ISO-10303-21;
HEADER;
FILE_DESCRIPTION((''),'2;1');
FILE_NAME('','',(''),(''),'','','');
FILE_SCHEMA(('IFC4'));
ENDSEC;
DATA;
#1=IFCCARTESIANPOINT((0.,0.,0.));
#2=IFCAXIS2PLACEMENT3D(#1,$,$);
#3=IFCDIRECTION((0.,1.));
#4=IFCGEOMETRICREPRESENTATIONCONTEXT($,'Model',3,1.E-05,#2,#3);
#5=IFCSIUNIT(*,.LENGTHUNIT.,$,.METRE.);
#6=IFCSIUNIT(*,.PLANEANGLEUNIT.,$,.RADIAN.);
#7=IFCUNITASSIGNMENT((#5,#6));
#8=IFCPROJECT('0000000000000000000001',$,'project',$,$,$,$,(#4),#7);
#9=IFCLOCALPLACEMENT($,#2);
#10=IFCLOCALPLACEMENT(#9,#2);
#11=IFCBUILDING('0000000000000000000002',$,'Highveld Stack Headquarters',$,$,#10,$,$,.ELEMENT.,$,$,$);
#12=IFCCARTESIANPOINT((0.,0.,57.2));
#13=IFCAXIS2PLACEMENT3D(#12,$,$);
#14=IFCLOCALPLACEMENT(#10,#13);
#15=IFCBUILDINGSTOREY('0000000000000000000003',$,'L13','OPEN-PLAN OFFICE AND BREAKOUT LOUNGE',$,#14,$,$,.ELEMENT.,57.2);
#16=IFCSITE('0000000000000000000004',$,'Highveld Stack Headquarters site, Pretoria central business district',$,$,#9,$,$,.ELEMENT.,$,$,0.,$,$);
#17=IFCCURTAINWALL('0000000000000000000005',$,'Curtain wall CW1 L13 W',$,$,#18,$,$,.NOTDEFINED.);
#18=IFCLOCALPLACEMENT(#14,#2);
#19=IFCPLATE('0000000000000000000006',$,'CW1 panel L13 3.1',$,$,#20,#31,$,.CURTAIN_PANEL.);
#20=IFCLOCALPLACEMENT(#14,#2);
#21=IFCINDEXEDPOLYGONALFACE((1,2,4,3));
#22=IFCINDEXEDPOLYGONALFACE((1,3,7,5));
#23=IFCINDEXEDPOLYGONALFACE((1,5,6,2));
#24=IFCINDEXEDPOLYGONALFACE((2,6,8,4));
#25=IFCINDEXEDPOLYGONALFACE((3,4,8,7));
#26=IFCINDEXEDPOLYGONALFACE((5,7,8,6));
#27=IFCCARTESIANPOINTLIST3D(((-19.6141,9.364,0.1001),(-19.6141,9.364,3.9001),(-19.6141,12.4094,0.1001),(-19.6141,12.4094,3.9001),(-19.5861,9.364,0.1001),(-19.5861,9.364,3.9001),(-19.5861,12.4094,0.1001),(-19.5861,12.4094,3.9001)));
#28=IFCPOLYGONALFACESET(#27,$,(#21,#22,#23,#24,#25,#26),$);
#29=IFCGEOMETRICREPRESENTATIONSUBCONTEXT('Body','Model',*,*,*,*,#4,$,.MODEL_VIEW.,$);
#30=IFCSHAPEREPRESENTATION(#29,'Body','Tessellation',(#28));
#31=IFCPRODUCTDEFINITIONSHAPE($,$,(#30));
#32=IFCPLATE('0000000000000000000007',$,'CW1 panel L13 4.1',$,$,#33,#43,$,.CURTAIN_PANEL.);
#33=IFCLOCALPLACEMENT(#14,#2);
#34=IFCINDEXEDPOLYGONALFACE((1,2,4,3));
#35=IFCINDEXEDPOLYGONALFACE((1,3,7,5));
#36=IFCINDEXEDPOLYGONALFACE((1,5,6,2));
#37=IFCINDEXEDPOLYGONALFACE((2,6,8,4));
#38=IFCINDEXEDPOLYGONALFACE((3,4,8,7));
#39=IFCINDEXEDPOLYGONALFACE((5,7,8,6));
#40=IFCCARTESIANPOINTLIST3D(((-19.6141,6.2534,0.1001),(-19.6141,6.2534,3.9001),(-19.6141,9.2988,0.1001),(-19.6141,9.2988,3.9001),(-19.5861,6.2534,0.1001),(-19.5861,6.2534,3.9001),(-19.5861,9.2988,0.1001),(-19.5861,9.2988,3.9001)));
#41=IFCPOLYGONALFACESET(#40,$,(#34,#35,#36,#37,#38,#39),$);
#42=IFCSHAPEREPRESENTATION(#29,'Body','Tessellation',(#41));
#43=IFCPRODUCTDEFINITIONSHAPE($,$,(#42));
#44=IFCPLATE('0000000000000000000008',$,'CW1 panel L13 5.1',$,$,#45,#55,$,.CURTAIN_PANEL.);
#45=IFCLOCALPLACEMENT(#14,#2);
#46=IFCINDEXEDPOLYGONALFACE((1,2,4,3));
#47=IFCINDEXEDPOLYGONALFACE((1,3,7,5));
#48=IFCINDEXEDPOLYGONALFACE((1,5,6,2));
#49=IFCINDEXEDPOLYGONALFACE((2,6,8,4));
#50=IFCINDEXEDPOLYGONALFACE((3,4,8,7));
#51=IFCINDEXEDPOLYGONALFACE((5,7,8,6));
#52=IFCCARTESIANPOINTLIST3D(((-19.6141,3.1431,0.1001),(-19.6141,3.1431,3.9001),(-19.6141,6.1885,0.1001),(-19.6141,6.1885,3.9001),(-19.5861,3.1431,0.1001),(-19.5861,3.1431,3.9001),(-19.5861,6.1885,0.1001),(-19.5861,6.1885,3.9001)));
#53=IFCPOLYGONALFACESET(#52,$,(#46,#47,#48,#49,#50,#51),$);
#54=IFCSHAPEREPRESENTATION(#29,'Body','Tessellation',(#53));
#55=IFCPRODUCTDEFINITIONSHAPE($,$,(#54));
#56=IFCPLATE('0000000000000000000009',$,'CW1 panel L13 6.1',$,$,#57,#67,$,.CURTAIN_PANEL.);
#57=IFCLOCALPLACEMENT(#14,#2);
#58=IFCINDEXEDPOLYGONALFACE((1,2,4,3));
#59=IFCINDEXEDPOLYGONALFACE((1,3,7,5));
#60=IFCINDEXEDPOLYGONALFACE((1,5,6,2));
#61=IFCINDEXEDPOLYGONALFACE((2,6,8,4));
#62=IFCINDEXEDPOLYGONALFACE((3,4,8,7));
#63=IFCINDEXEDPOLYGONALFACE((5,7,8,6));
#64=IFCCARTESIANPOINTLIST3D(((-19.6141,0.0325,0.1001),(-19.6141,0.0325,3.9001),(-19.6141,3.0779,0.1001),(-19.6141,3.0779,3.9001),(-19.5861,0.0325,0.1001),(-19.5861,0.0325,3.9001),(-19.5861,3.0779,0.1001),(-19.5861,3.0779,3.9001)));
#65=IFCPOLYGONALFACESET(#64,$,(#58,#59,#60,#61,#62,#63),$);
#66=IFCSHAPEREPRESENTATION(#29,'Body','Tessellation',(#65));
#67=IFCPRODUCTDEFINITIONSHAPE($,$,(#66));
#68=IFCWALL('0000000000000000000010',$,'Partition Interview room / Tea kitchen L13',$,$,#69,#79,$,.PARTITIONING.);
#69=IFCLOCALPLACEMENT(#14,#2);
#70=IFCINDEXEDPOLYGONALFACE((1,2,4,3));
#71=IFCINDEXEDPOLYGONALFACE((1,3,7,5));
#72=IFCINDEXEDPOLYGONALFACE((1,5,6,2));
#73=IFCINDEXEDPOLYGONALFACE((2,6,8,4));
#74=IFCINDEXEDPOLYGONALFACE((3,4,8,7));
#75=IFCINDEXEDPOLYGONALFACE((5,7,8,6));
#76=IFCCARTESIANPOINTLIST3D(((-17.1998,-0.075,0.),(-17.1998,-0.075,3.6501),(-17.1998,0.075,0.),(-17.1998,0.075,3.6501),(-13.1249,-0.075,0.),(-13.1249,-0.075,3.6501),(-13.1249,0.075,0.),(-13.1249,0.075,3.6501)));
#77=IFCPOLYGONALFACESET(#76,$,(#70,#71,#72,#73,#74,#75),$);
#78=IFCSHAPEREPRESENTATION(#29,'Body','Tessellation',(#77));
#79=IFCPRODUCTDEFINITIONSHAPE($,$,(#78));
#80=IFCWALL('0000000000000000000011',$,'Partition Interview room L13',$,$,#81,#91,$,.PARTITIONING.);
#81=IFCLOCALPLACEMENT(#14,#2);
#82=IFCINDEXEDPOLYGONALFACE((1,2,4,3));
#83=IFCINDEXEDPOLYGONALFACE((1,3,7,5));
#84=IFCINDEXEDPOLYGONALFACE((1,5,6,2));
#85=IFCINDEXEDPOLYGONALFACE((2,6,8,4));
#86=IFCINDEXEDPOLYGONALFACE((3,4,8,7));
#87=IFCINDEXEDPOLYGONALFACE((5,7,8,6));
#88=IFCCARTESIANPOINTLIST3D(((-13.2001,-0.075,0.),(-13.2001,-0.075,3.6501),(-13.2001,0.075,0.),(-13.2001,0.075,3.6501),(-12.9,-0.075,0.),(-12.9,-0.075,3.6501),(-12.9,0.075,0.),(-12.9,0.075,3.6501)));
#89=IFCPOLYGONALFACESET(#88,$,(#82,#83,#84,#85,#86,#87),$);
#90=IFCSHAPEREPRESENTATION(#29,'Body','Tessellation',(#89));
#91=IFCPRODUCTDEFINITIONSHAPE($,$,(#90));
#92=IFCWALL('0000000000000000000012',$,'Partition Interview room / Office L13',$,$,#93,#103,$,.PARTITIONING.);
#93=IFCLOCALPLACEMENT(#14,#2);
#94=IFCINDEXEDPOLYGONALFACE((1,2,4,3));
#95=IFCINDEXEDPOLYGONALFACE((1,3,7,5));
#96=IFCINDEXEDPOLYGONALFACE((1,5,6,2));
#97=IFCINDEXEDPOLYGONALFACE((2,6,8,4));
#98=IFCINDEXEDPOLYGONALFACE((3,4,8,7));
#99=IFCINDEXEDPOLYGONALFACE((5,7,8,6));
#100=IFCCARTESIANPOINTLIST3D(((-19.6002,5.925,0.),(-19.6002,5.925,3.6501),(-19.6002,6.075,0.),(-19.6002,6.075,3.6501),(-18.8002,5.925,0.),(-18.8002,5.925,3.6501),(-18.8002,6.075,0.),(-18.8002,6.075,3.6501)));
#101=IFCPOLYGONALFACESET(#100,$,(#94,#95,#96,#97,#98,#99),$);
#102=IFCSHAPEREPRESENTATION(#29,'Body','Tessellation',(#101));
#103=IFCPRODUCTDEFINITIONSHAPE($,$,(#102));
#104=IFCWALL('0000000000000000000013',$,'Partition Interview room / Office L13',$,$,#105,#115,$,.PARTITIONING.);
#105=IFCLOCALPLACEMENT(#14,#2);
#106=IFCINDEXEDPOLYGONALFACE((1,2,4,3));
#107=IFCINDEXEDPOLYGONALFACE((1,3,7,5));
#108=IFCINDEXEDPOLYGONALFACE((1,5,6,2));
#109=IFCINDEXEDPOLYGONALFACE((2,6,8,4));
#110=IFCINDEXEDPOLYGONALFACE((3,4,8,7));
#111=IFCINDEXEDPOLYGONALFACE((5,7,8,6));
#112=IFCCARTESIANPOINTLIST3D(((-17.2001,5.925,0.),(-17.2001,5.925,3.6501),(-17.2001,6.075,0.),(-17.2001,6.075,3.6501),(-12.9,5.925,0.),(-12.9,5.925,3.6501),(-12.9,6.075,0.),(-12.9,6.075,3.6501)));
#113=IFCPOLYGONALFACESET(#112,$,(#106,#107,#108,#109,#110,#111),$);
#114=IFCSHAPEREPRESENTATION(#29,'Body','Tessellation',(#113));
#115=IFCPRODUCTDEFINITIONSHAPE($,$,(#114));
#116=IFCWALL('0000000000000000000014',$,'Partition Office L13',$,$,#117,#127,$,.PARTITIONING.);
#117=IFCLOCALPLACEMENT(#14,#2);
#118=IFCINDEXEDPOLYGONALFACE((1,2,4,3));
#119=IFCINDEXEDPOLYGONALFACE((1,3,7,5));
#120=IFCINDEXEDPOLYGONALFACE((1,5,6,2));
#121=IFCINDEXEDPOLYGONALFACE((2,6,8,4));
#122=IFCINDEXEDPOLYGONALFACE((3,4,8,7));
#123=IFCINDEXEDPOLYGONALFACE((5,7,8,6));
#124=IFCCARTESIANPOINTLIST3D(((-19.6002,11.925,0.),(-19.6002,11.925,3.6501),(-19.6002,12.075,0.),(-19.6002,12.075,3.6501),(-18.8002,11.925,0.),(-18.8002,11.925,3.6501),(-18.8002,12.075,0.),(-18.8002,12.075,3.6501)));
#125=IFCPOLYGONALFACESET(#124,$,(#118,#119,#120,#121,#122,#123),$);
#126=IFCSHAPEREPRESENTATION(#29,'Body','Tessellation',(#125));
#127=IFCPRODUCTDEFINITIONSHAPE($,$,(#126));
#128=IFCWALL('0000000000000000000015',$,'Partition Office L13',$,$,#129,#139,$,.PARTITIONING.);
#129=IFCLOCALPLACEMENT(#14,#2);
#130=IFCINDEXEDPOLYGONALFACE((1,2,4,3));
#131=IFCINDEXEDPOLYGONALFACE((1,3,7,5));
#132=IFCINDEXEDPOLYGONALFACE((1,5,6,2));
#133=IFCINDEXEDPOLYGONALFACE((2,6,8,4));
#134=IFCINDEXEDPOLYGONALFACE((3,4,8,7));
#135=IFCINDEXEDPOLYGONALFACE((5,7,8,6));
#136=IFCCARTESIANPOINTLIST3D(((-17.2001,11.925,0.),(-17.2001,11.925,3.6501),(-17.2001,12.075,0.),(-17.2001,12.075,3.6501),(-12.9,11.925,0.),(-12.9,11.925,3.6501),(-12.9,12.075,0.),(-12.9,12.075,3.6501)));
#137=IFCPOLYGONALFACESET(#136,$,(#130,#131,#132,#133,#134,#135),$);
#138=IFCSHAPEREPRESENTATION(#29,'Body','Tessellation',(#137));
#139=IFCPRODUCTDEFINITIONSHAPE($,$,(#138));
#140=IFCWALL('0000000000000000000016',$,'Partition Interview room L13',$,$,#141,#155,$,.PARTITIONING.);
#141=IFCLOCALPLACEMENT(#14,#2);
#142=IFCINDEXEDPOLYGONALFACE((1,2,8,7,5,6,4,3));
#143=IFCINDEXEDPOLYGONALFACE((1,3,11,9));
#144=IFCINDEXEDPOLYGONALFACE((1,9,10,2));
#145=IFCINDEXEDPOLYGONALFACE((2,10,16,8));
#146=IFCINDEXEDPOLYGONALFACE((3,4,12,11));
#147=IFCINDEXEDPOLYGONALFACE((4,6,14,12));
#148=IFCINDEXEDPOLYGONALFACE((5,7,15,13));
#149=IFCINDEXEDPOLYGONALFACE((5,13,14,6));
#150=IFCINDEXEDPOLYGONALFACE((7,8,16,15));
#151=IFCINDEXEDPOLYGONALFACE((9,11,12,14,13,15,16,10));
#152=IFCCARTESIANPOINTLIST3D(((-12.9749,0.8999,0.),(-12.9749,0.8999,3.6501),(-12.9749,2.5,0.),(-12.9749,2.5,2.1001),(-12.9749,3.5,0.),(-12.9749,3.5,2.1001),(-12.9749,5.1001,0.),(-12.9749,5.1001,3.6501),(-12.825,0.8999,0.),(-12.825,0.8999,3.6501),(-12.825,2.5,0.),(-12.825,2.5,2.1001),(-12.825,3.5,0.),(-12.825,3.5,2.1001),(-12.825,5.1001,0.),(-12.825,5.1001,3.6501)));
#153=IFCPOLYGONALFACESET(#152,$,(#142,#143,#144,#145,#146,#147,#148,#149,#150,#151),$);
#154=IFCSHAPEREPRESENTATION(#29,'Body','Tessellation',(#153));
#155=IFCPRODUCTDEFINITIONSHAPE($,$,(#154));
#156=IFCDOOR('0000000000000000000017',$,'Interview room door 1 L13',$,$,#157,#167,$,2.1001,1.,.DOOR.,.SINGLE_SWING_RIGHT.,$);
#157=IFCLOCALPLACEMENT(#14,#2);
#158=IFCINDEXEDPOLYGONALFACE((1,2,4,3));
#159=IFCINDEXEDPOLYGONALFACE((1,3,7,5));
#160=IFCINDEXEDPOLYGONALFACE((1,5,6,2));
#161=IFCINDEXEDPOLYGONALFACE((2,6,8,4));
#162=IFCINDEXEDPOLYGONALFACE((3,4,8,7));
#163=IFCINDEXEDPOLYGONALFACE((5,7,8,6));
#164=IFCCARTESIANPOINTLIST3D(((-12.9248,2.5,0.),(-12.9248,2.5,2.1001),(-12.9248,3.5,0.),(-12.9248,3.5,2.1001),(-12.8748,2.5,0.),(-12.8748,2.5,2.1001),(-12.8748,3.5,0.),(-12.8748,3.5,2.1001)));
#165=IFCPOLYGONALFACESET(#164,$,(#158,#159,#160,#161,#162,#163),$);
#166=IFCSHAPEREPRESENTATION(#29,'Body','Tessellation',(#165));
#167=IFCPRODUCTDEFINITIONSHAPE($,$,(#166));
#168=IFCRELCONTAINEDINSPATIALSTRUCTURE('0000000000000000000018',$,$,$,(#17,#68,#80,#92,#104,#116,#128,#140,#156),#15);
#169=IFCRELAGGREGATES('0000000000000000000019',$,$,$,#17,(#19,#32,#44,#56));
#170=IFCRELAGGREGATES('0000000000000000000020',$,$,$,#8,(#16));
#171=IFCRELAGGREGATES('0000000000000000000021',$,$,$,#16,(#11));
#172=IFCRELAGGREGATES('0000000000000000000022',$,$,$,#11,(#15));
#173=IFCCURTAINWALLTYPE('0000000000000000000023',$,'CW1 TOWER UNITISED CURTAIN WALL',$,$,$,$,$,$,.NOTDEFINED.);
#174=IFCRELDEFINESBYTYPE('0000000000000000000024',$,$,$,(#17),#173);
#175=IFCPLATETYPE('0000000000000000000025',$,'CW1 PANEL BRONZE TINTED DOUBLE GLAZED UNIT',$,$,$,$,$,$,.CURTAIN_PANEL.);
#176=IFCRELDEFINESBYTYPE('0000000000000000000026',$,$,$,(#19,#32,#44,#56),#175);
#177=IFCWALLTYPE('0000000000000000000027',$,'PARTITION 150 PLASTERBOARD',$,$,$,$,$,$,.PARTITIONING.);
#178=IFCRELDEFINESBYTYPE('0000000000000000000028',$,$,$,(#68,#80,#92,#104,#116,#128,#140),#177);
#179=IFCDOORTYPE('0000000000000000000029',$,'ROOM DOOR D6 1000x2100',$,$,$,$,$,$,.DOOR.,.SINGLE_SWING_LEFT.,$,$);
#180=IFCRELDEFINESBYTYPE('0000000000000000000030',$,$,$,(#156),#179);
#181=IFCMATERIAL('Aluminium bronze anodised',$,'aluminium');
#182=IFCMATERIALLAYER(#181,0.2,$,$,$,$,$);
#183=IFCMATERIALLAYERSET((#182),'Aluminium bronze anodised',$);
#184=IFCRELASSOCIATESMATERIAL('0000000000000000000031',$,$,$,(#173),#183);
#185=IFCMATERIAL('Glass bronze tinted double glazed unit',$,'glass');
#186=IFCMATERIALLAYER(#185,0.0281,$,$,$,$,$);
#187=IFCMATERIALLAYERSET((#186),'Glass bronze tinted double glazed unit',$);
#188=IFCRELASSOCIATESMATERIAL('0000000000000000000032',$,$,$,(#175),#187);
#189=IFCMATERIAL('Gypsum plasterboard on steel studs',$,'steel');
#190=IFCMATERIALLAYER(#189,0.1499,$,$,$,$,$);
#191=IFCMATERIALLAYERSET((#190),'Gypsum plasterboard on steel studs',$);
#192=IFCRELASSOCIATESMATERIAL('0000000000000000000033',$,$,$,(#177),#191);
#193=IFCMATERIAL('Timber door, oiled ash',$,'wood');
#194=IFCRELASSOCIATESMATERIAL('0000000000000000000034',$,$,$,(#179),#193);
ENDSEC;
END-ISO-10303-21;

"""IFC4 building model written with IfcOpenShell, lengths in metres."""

from ifc_helpers import new_model, si_unit, direction, frame, frame_2d, origin, origin_2d, place, context, subcontext, project, spatial, rectangle, extrude, material, layer, layer_set, type_object, element, fill, aggregate, save


model = new_model("IFC4")

# Units and contexts
model_context = context("Model", 3, precision=1e-05, world=origin(), true_north=direction((0.0, 1.0)))
body_context = subcontext(model_context, "Body", "Model", "MODEL_VIEW")
ifc_project = project(units=[si_unit("LENGTHUNIT", "METRE"), si_unit("PLANEANGLEUNIT", "RADIAN")], contexts=[model_context])

# Site, building, storey
site_placement = place(None, origin())
site = spatial("IfcSite", under=ifc_project, at=site_placement, Name="Highveld Stack Headquarters site, Pretoria central business district", CompositionType="ELEMENT", RefElevation=0.0)
building_placement = place(site_placement, origin())
building = spatial("IfcBuilding", under=site, at=building_placement, Name="Highveld Stack Headquarters", CompositionType="ELEMENT")
storey_placement = place(building_placement, frame((0.0, 0.0, 57.2)))
storey = spatial("IfcBuildingStorey", under=building, at=storey_placement, Name="L13", Description="OPEN-PLAN OFFICE AND BREAKOUT LOUNGE", CompositionType="ELEMENT", Elevation=57.2)

# Curtain wall, plates
ifc_material_1 = material(Name="Aluminium bronze anodised", Category="aluminium")
ifc_layer_1 = layer(ifc_material_1, 0.2)
ifc_layer_set_1 = layer_set([ifc_layer_1], Name="Aluminium bronze anodised")
curtain_wall_type = type_object("IfcCurtainWallType", Name="CW1 TOWER UNITISED CURTAIN WALL", PredefinedType="NOTDEFINED", material=ifc_layer_set_1)
curtain_wall_placement = place(storey_placement, origin())
curtain_wall = element("IfcCurtainWall", 1, at=curtain_wall_placement, inside=storey, type_object=curtain_wall_type, Name="Curtain wall CW1 L13 W", PredefinedType="NOTDEFINED")
ifc_material_2 = material(Name="Glass bronze tinted double glazed unit", Category="glass")
ifc_layer_2 = layer(ifc_material_2, 0.0281)
ifc_layer_set_2 = layer_set([ifc_layer_2], Name="Glass bronze tinted double glazed unit")
plate_type = type_object("IfcPlateType", Name="CW1 PANEL BRONZE TINTED DOUBLE GLAZED UNIT", PredefinedType="CURTAIN_PANEL", material=ifc_layer_set_2)
plate_1_placement = place(storey_placement, frame((-19.6001, 10.8867, 0.1001), z_axis=(0.0, 0.0, 1.0), x_axis=(0.0, -1.0, 0.0)))
plate_1 = element("IfcPlate", 2, at=plate_1_placement, type_object=plate_type, Name="CW1 panel L13 3.1", PredefinedType="CURTAIN_PANEL", context=body_context, shape_type="SweptSolid", body=[
    extrude(rectangle(XDim=3.0454, YDim=0.0281, at=origin_2d()), origin(), (0.0, 0.0, 1.0), 3.8),
])
plate_2_placement = place(storey_placement, frame((-19.6001, 7.7761, 0.1001), z_axis=(0.0, 0.0, 1.0), x_axis=(0.0, -1.0, 0.0)))
plate_2 = element("IfcPlate", 3, at=plate_2_placement, type_object=plate_type, Name="CW1 panel L13 4.1", PredefinedType="CURTAIN_PANEL", context=body_context, shape_type="SweptSolid", body=[
    extrude(rectangle(XDim=3.0454, YDim=0.0281, at=origin_2d()), origin(), (0.0, 0.0, 1.0), 3.8),
])
plate_3_placement = place(storey_placement, frame((-19.6001, 4.6658, 0.1001), z_axis=(0.0, 0.0, 1.0), x_axis=(0.0, -1.0, 0.0)))
plate_3 = element("IfcPlate", 4, at=plate_3_placement, type_object=plate_type, Name="CW1 panel L13 5.1", PredefinedType="CURTAIN_PANEL", context=body_context, shape_type="SweptSolid", body=[
    extrude(rectangle(XDim=3.0454, YDim=0.0281, at=origin_2d()), origin(), (0.0, 0.0, 1.0), 3.8),
])
plate_4_placement = place(storey_placement, frame((-19.6001, 1.5552, 0.1001), z_axis=(0.0, 0.0, 1.0), x_axis=(0.0, -1.0, 0.0)))
plate_4 = element("IfcPlate", 5, at=plate_4_placement, type_object=plate_type, Name="CW1 panel L13 6.1", PredefinedType="CURTAIN_PANEL", context=body_context, shape_type="SweptSolid", body=[
    extrude(rectangle(XDim=3.0454, YDim=0.0281, at=origin_2d()), origin(), (0.0, 0.0, 1.0), 3.8),
])
aggregate(curtain_wall, [plate_1, plate_2, plate_3, plate_4])

# Walls
ifc_material_3 = material(Name="Gypsum plasterboard on steel studs", Category="steel")
ifc_layer_3 = layer(ifc_material_3, 0.1499)
ifc_layer_set_3 = layer_set([ifc_layer_3], Name="Gypsum plasterboard on steel studs")
wall_type = type_object("IfcWallType", Name="PARTITION 150 PLASTERBOARD", PredefinedType="PARTITIONING", material=ifc_layer_set_3)
wall_1_placement = place(storey_placement, frame((-17.2, 0.0, 0.0), z_axis=(0.0, 0.0, 1.0), x_axis=(1.0, 0.0, 0.0)))
element("IfcWall", 6, at=wall_1_placement, inside=storey, type_object=wall_type, Name="Partition Interview room / Tea kitchen L13", PredefinedType="PARTITIONING", context=body_context, shape_type="SweptSolid", body=[
    extrude(rectangle(XDim=4.075, YDim=0.1499, at=frame_2d((2.0376, 0.0))), origin(), (0.0, 0.0, 1.0), 3.6501),
])
wall_2_placement = place(storey_placement, frame((-13.2, 0.0, 0.0), z_axis=(0.0, 0.0, 1.0), x_axis=(1.0, 0.0, 0.0)))
element("IfcWall", 7, at=wall_2_placement, inside=storey, type_object=wall_type, Name="Partition Interview room L13", PredefinedType="PARTITIONING", context=body_context, shape_type="SweptSolid", body=[
    extrude(rectangle(XDim=0.3, YDim=0.1499, at=frame_2d((0.1499, 0.0))), origin(), (0.0, 0.0, 1.0), 3.6501),
])
wall_3_placement = place(storey_placement, frame((-19.6001, 6.0, 0.0), z_axis=(0.0, 0.0, 1.0), x_axis=(1.0, 0.0, 0.0)))
element("IfcWall", 8, at=wall_3_placement, inside=storey, type_object=wall_type, Name="Partition Interview room / Office L13", PredefinedType="PARTITIONING", context=body_context, shape_type="SweptSolid", body=[
    extrude(rectangle(XDim=0.8, YDim=0.1499, at=frame_2d((0.3999, 0.0))), origin(), (0.0, 0.0, 1.0), 3.6501),
])
wall_4_placement = place(storey_placement, frame((-17.2, 6.0, 0.0), z_axis=(0.0, 0.0, 1.0), x_axis=(1.0, 0.0, 0.0)))
element("IfcWall", 9, at=wall_4_placement, inside=storey, type_object=wall_type, Name="Partition Interview room / Office L13", PredefinedType="PARTITIONING", context=body_context, shape_type="SweptSolid", body=[
    extrude(rectangle(XDim=4.3, YDim=0.1499, at=frame_2d((2.1499, 0.0))), origin(), (0.0, 0.0, 1.0), 3.6501),
])
wall_5_placement = place(storey_placement, frame((-19.6001, 12.0, 0.0), z_axis=(0.0, 0.0, 1.0), x_axis=(1.0, 0.0, 0.0)))
element("IfcWall", 10, at=wall_5_placement, inside=storey, type_object=wall_type, Name="Partition Office L13", PredefinedType="PARTITIONING", context=body_context, shape_type="SweptSolid", body=[
    extrude(rectangle(XDim=0.8, YDim=0.1499, at=frame_2d((0.3999, 0.0))), origin(), (0.0, 0.0, 1.0), 3.6501),
])
wall_6_placement = place(storey_placement, frame((-17.2, 12.0, 0.0), z_axis=(0.0, 0.0, 1.0), x_axis=(1.0, 0.0, 0.0)))
element("IfcWall", 11, at=wall_6_placement, inside=storey, type_object=wall_type, Name="Partition Office L13", PredefinedType="PARTITIONING", context=body_context, shape_type="SweptSolid", body=[
    extrude(rectangle(XDim=4.3, YDim=0.1499, at=frame_2d((2.1499, 0.0))), origin(), (0.0, 0.0, 1.0), 3.6501),
])

# Wall, opening, door
wall_7_placement = place(storey_placement, frame((-12.8999, 0.8999, 0.0), z_axis=(0.0, 0.0, 1.0), x_axis=(0.0, 1.0, 0.0)))
wall_7 = element("IfcWall", 12, at=wall_7_placement, inside=storey, type_object=wall_type, Name="Partition Interview room L13", PredefinedType="PARTITIONING", context=body_context, shape_type="SweptSolid", body=[
    extrude(rectangle(XDim=4.2002, YDim=0.1499, at=frame_2d((2.1001, 0.0))), origin(), (0.0, 0.0, 1.0), 3.6501),
])
opening_1_placement = place(wall_7_placement, frame((1.6001, 0.0, 0.0)))
opening_1 = element("IfcOpeningElement", 13, at=opening_1_placement, cuts=wall_7, PredefinedType="OPENING", context=body_context, shape_type="SweptSolid", body=[
    extrude(rectangle(XDim=1.0, YDim=2.1001, at=frame_2d((0.5, 1.05))), frame((0.0, 0.085, 0.0), z_axis=(0.0, -1.0, 0.0), x_axis=(1.0, 0.0, 0.0)), (0.0, 0.0, 1.0), 0.1699),
])
ifc_material_4 = material(Name="Timber door, oiled ash", Category="wood")
door_type = type_object("IfcDoorType", Name="ROOM DOOR D6 1000x2100", OperationType="SINGLE_SWING_LEFT", PredefinedType="DOOR", material=ifc_material_4)
door_1_placement = place(opening_1_placement, origin())
door_1 = element("IfcDoor", 14, at=door_1_placement, inside=storey, type_object=door_type, Name="Interview room door 1 L13", OperationType="SINGLE_SWING_RIGHT", OverallHeight=2.1001, OverallWidth=1.0, PredefinedType="DOOR", context=body_context, shape_type="SweptSolid", body=[
    extrude(rectangle(XDim=1.0, YDim=2.1001, at=frame_2d((0.5, 1.05))), frame((0.0, 0.0249, 0.0), z_axis=(0.0, -1.0, 0.0), x_axis=(1.0, 0.0, 0.0)), (0.0, 0.0, 1.0), 0.05),
])
fill(opening_1, door_1)

save(model, "model.ifc")
